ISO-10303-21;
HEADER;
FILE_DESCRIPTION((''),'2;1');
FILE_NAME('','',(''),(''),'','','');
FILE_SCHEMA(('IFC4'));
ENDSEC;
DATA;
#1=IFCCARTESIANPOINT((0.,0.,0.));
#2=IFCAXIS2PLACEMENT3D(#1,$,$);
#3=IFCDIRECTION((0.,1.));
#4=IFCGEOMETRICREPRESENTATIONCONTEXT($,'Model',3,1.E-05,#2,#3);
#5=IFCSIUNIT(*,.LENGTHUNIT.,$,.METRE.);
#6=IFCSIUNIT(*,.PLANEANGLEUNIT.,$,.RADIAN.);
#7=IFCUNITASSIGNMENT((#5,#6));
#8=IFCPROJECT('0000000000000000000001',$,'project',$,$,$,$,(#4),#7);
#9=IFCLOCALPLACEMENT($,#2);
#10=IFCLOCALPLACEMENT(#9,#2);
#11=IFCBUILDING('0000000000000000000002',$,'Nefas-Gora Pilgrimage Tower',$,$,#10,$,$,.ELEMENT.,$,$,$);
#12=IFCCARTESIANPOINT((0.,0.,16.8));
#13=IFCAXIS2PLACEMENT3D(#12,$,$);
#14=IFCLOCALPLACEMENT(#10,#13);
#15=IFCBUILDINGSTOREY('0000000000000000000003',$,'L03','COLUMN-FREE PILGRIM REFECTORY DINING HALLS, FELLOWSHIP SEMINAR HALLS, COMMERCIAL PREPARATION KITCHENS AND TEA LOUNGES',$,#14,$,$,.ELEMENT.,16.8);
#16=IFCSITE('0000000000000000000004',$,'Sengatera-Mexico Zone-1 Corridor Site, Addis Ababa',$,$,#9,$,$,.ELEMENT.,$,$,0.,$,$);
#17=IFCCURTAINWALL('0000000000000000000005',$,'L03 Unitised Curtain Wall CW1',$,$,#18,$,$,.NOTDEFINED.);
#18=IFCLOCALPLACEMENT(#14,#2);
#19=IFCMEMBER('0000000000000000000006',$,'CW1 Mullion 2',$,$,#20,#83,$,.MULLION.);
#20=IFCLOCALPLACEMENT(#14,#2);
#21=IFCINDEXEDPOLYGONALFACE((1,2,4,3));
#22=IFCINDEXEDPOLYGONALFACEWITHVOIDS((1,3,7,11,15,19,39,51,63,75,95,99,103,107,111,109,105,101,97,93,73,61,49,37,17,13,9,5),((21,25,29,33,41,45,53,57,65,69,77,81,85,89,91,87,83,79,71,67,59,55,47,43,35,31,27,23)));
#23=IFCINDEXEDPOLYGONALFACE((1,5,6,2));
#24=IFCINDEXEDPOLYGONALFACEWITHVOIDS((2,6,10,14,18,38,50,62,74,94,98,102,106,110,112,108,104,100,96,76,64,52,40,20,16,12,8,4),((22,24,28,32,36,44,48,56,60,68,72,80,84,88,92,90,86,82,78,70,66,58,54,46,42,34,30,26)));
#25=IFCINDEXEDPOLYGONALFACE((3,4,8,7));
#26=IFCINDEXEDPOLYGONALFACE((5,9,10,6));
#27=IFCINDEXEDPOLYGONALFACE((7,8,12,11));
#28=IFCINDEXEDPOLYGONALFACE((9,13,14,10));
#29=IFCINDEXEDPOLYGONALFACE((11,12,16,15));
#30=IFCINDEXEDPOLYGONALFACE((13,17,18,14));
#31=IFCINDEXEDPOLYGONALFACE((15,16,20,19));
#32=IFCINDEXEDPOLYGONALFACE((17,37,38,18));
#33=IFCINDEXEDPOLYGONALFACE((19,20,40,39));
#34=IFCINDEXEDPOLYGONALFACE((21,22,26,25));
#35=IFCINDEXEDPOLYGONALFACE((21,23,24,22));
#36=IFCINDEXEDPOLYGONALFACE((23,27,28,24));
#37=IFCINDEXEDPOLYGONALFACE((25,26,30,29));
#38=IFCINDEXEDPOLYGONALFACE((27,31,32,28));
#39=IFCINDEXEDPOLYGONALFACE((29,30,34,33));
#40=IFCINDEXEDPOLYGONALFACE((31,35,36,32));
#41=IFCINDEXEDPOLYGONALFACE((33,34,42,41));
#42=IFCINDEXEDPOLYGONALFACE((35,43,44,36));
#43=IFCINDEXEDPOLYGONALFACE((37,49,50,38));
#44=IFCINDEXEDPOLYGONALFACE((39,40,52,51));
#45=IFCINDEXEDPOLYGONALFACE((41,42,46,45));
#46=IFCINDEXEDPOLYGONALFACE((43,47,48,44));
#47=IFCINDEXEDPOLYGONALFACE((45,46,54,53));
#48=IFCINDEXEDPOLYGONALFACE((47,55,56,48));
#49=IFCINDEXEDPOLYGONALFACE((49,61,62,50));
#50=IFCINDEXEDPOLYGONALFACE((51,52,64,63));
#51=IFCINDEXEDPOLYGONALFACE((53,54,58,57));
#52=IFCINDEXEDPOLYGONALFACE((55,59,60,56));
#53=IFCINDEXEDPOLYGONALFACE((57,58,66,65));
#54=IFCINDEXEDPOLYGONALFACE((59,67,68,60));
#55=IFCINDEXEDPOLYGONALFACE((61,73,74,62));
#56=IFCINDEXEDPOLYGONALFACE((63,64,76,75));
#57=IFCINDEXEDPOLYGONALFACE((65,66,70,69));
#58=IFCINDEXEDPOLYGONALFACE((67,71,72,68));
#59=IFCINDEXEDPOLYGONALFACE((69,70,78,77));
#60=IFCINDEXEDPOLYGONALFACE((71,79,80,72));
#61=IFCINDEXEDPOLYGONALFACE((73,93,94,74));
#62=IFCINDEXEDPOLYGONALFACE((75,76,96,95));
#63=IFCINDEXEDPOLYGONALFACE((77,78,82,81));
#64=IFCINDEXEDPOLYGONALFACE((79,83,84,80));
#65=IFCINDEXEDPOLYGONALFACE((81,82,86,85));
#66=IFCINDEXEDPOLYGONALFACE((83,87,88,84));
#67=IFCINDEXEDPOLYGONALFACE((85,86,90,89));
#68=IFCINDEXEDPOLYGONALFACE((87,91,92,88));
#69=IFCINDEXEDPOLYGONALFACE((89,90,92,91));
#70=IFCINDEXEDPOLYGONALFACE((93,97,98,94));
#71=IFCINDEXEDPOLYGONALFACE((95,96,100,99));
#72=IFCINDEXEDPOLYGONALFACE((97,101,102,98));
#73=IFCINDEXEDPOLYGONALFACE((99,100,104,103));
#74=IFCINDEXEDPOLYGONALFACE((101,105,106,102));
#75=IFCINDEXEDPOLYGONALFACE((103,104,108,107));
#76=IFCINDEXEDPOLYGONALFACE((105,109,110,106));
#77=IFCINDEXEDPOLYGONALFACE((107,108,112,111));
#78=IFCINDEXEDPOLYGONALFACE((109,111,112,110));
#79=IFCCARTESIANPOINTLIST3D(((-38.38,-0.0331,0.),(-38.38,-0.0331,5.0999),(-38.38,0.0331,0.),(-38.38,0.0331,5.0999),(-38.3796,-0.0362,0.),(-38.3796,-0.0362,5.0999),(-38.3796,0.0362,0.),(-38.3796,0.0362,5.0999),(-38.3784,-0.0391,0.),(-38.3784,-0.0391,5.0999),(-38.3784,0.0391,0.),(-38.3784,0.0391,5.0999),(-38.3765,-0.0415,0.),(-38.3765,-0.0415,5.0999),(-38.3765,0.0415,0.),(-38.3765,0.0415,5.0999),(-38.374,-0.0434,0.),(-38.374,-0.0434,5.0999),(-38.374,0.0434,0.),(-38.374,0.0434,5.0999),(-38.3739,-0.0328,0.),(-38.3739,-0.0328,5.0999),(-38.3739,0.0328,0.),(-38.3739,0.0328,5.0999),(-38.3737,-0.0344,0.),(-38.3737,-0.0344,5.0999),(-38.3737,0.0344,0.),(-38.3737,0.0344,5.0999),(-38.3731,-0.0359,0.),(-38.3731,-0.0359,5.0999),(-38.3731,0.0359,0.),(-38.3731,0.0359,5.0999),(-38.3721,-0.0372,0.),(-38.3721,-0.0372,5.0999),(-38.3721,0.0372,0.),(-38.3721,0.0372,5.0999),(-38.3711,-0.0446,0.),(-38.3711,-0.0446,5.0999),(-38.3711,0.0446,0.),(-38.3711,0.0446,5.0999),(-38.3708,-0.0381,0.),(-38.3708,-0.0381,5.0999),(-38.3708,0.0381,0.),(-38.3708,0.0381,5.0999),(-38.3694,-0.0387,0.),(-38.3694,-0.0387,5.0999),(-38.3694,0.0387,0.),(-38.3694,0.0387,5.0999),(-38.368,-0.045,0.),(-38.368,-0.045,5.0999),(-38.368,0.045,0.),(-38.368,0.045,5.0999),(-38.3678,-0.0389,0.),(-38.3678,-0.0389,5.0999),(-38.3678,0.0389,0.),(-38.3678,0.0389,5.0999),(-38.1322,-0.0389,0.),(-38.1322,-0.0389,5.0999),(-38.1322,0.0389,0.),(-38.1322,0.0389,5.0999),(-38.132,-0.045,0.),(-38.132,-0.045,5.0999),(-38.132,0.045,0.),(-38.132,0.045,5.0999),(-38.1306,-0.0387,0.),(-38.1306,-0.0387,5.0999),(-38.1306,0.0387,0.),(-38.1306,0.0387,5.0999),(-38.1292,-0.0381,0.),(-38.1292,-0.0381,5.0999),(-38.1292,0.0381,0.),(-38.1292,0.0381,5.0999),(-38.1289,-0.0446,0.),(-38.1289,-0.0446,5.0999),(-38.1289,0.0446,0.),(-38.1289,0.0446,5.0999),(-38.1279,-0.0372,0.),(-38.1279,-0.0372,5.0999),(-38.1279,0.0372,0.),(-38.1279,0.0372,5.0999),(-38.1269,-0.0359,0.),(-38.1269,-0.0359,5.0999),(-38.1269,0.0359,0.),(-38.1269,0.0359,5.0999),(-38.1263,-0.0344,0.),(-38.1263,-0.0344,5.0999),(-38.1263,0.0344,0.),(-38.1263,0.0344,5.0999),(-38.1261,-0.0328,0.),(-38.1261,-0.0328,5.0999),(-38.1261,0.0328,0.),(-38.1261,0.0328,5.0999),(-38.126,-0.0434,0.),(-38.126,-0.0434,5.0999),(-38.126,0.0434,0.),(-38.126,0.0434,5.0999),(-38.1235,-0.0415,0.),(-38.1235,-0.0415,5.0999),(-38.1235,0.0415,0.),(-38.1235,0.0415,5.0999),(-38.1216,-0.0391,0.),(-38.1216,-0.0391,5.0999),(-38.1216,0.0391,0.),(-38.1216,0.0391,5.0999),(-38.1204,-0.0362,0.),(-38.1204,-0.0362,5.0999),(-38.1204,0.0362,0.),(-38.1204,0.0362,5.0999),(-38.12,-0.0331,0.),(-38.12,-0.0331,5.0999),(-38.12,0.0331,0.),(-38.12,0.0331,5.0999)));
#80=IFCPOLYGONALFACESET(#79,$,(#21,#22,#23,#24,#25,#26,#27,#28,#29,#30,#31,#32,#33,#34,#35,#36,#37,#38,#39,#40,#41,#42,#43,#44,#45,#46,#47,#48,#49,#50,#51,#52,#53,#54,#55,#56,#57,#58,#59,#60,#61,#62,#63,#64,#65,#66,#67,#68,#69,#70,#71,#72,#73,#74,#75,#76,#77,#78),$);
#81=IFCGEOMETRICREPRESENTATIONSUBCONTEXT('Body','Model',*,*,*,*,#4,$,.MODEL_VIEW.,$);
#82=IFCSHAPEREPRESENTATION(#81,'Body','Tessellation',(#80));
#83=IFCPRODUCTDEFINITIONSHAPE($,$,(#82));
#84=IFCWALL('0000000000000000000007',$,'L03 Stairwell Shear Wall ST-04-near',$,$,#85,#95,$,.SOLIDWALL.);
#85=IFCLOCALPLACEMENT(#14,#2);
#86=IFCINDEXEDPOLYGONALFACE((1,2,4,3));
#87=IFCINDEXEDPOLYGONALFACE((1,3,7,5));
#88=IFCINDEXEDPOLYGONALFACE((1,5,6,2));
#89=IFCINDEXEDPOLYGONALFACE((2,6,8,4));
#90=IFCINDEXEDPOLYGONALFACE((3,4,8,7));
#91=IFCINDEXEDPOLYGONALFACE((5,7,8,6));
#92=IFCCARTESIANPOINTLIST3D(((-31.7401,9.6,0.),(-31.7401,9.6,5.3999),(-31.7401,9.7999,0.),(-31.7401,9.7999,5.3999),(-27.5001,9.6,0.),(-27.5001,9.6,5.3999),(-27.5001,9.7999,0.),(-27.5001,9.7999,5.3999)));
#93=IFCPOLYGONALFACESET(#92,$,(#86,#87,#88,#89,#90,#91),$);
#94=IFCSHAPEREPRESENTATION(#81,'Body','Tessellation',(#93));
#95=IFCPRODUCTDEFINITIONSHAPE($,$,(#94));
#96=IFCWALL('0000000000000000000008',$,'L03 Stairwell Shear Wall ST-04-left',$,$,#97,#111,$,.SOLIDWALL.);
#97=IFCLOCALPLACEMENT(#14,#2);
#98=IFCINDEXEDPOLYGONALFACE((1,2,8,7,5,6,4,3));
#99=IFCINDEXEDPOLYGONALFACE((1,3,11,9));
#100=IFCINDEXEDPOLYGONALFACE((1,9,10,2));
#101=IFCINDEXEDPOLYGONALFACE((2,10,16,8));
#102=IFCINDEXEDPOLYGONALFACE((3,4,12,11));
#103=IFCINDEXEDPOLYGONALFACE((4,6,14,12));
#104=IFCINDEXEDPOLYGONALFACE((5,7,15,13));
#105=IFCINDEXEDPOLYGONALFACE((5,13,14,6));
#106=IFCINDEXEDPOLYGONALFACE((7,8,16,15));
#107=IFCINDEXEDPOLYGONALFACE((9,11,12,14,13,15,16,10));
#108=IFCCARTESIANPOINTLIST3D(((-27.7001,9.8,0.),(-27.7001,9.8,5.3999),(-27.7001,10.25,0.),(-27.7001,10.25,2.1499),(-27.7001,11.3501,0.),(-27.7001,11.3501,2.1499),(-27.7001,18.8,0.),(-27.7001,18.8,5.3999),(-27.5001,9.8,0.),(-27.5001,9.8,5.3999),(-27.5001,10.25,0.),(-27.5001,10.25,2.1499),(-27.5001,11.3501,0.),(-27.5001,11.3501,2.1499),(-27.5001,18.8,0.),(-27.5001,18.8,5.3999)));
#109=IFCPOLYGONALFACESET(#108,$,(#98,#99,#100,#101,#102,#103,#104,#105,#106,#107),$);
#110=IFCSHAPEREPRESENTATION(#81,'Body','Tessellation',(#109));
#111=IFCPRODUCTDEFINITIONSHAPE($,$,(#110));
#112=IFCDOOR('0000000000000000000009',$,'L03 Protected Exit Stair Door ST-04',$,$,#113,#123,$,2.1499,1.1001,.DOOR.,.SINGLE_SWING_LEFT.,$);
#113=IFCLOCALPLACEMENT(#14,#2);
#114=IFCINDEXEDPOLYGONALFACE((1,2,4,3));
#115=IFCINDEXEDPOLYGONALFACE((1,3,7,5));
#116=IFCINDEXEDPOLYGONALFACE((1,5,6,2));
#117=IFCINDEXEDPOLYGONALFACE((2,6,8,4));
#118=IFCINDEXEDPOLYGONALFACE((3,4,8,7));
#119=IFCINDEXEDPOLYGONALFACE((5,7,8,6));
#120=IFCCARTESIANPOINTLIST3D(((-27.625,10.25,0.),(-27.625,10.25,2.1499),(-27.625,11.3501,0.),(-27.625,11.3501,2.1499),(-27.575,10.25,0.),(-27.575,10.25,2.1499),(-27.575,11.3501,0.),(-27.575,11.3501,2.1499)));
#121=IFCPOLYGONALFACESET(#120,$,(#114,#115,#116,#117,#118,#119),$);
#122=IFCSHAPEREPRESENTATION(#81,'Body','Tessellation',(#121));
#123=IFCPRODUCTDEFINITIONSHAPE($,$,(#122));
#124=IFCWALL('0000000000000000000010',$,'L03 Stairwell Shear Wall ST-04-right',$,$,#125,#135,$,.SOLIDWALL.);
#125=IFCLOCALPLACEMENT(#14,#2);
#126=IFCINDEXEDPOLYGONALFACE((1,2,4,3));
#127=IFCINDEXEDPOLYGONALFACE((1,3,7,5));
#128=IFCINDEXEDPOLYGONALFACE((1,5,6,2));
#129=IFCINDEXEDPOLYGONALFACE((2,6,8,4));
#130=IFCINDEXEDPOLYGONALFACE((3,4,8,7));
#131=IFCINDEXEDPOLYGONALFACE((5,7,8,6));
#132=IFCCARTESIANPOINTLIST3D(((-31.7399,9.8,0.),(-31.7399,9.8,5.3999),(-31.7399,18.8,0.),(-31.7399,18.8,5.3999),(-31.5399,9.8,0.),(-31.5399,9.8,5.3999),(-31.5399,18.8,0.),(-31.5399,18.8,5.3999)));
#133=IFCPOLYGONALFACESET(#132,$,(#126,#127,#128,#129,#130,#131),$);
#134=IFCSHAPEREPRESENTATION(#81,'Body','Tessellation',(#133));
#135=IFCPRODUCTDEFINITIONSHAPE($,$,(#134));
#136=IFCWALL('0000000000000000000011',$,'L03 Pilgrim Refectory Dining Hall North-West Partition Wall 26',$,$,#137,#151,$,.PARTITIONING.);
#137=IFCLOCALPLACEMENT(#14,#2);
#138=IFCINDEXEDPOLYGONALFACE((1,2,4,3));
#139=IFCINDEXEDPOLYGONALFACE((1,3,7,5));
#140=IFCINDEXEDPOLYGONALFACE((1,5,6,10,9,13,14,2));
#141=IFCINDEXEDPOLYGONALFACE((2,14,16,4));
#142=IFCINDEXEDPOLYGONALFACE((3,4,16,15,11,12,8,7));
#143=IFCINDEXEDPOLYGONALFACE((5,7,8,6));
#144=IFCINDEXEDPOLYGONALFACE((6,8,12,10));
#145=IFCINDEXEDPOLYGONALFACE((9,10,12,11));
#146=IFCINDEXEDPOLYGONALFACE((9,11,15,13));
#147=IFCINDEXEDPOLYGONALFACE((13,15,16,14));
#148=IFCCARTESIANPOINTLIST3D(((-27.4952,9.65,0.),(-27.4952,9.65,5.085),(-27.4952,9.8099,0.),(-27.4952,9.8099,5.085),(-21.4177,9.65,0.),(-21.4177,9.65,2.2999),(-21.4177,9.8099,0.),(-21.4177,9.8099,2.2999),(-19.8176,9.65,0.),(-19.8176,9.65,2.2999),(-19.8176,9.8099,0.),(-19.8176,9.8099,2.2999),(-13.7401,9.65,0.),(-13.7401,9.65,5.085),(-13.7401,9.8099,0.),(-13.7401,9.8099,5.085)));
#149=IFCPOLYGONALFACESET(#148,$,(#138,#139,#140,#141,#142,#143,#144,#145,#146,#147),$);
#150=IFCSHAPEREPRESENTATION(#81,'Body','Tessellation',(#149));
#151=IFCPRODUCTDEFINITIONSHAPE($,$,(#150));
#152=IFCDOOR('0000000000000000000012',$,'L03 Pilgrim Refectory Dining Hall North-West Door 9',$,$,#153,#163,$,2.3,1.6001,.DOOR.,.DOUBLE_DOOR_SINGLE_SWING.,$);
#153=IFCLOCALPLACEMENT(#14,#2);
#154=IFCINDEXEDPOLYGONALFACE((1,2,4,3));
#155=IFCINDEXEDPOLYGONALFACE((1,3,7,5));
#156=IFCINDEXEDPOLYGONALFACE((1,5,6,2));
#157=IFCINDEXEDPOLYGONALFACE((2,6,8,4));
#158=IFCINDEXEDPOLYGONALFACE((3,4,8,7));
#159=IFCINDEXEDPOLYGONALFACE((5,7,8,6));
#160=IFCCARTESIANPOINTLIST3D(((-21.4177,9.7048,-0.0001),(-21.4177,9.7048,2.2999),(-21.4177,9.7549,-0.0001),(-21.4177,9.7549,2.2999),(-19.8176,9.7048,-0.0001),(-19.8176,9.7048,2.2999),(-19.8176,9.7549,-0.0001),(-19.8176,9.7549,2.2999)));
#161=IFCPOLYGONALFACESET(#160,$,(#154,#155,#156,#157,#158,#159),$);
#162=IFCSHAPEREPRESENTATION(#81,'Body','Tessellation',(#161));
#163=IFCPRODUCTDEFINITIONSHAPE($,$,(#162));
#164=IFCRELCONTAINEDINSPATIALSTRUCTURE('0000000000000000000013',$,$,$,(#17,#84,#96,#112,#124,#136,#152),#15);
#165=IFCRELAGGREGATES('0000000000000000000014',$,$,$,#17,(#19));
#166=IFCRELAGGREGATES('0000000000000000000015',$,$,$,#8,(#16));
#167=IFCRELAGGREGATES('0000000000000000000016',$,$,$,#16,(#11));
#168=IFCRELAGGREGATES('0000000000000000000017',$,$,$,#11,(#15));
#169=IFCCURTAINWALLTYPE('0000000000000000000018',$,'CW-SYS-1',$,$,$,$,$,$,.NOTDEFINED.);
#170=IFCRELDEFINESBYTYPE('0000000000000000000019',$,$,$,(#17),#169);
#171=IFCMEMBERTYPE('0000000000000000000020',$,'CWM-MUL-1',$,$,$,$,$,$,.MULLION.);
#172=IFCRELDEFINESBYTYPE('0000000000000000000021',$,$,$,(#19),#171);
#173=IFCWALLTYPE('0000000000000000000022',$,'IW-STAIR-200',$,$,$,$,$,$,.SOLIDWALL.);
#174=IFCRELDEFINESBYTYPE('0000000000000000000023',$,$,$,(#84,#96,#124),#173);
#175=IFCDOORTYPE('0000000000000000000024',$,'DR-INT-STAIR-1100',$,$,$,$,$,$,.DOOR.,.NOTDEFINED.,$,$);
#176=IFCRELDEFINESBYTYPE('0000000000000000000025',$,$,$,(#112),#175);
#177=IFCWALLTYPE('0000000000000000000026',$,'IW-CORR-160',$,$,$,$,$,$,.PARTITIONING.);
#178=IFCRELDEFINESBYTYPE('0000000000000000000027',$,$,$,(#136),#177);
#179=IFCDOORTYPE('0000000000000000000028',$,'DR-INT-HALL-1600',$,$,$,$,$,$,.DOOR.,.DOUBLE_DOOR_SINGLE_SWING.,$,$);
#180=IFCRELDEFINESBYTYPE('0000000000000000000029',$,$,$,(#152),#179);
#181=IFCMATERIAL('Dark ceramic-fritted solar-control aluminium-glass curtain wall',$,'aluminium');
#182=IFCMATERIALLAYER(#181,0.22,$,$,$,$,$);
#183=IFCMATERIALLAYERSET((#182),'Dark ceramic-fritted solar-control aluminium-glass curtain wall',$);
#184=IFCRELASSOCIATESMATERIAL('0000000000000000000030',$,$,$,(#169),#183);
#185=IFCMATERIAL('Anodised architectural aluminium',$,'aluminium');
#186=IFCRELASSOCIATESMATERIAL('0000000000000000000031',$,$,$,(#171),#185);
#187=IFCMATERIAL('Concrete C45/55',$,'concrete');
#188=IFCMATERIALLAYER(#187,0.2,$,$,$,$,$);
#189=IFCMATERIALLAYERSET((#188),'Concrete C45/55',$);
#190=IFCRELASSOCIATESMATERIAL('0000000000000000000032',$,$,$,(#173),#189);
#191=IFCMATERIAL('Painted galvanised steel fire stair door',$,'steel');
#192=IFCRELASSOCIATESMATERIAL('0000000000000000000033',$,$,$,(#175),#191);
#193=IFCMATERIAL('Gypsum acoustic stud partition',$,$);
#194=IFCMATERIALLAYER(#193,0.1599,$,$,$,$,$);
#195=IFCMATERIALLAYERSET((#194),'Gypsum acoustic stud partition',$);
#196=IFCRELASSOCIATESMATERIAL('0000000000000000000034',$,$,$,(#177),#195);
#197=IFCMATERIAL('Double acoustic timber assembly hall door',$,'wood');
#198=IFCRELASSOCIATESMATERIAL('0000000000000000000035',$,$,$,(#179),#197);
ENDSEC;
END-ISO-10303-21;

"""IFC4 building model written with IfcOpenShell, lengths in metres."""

from ifc_helpers import new_model, si_unit, direction, frame, frame_2d, origin, origin_2d, place, context, subcontext, project, spatial, rectangle, hollow_rectangle, extrude, source, transform, mapped, material, layer, layer_set, material_profile, profile_set, type_object, element, fill, aggregate, save


model = new_model("IFC4")

# Units and contexts
model_context = context("Model", 3, precision=1e-05, world=origin(), true_north=direction((0.0, 1.0)))
body_context = subcontext(model_context, "Body", "Model", "MODEL_VIEW")
ifc_project = project(units=[si_unit("LENGTHUNIT", "METRE"), si_unit("PLANEANGLEUNIT", "RADIAN")], contexts=[model_context])

# Site, building, storey
site_placement = place(None, origin())
site = spatial("IfcSite", under=ifc_project, at=site_placement, Name="Sengatera-Mexico Zone-1 Corridor Site, Addis Ababa", CompositionType="ELEMENT", RefElevation=0.0)
building_placement = place(site_placement, origin())
building = spatial("IfcBuilding", under=site, at=building_placement, Name="Nefas-Gora Pilgrimage Tower", CompositionType="ELEMENT")
storey_placement = place(building_placement, frame((0.0, 0.0, 16.8)))
storey = spatial("IfcBuildingStorey", under=building, at=storey_placement, Name="L03", Description="COLUMN-FREE PILGRIM REFECTORY DINING HALLS, FELLOWSHIP SEMINAR HALLS, COMMERCIAL PREPARATION KITCHENS AND TEA LOUNGES", CompositionType="ELEMENT", Elevation=16.8)

# Curtain wall, member
ifc_material_1 = material(Name="Dark ceramic-fritted solar-control aluminium-glass curtain wall", Category="aluminium")
ifc_layer_1 = layer(ifc_material_1, 0.22)
ifc_layer_set_1 = layer_set([ifc_layer_1], Name="Dark ceramic-fritted solar-control aluminium-glass curtain wall")
curtain_wall_type = type_object("IfcCurtainWallType", Name="CW-SYS-1", PredefinedType="NOTDEFINED", material=ifc_layer_set_1)
curtain_wall_placement = place(storey_placement, origin())
curtain_wall = element("IfcCurtainWall", 1, at=curtain_wall_placement, inside=storey, type_object=curtain_wall_type, Name="L03 Unitised Curtain Wall CW1", PredefinedType="NOTDEFINED")
ifc_material_2 = material(Name="Anodised architectural aluminium", Category="aluminium")
ifc_material_profile_1 = material_profile(ifc_material_2, hollow_rectangle(XDim=0.0901, YDim=0.26, WallThickness=0.0061, InnerFilletRadius=0.0061, OuterFilletRadius=0.012, at=origin_2d()), Name="ALU MULLION 90x260")
ifc_profile_set_1 = profile_set([ifc_material_profile_1], Name="Anodised architectural aluminium")
member_type = type_object("IfcMemberType", Name="CWM-MUL-1", PredefinedType="MULLION", material=ifc_profile_set_1)
shared_shape_1 = source(origin(), body_context, "Body", "SweptSolid", [
    extrude(hollow_rectangle(XDim=0.0901, YDim=0.26, WallThickness=0.0061, InnerFilletRadius=0.0061, OuterFilletRadius=0.012, at=origin_2d()), origin(), (0.0, 0.0, 1.0), 5.0999),
])
member_placement = place(storey_placement, frame((-38.25, 0.0, 0.0), z_axis=(0.0, 0.0, 1.0), x_axis=(0.0, -1.0, 0.0)))
member = element("IfcMember", 2, at=member_placement, type_object=member_type, Name="CW1 Mullion 2", PredefinedType="MULLION", context=body_context, shape_type="MappedRepresentation", body=[
    mapped(shared_shape_1, transform((0.0, 0.0, 0.0), x_axis=(1.0, 0.0, 0.0), y_axis=(0.0, 1.0, 0.0), z_axis=(0.0, 0.0, 1.0), scale=1.0)),
])
aggregate(curtain_wall, [member])

# Wall
ifc_material_3 = material(Name="Concrete C45/55", Category="concrete")
ifc_layer_2 = layer(ifc_material_3, 0.2)
ifc_layer_set_2 = layer_set([ifc_layer_2], Name="Concrete C45/55")
wall_type_1 = type_object("IfcWallType", Name="IW-STAIR-200", PredefinedType="SOLIDWALL", material=ifc_layer_set_2)
shared_shape_2 = source(origin(), body_context, "Body", "SweptSolid", [
    extrude(rectangle(XDim=4.24, YDim=0.2, at=frame_2d((2.1201, 0.0))), origin(), (0.0, 0.0, 1.0), 5.3999),
])
wall_1_placement = place(storey_placement, frame((-27.5, 9.7, 0.0), z_axis=(0.0, 0.0, 1.0), x_axis=(-1.0, 0.0, 0.0)))
element("IfcWall", 3, at=wall_1_placement, inside=storey, type_object=wall_type_1, Name="L03 Stairwell Shear Wall ST-04-near", PredefinedType="SOLIDWALL", context=body_context, shape_type="MappedRepresentation", body=[
    mapped(shared_shape_2, transform((0.0, 0.0, 0.0), x_axis=(1.0, 0.0, 0.0), y_axis=(0.0, 1.0, 0.0), z_axis=(0.0, 0.0, 1.0), scale=1.0)),
])

# Wall, opening, door
shared_shape_3 = source(origin(), body_context, "Body", "SweptSolid", [
    extrude(rectangle(XDim=9.0, YDim=0.2, at=frame_2d((4.5, 0.0))), origin(), (0.0, 0.0, 1.0), 5.3999),
])
wall_2_placement = place(storey_placement, frame((-27.6001, 9.8, 0.0), z_axis=(0.0, 0.0, 1.0), x_axis=(0.0, 1.0, 0.0)))
wall_2 = element("IfcWall", 4, at=wall_2_placement, inside=storey, type_object=wall_type_1, Name="L03 Stairwell Shear Wall ST-04-left", PredefinedType="SOLIDWALL", context=body_context, shape_type="MappedRepresentation", body=[
    mapped(shared_shape_3, transform((0.0, 0.0, 0.0), x_axis=(1.0, 0.0, 0.0), y_axis=(0.0, 1.0, 0.0), z_axis=(0.0, 0.0, 1.0), scale=1.0)),
])
opening_1_placement = place(wall_2_placement, frame((0.45, 0.0, 0.0)))
opening_1 = element("IfcOpeningElement", 5, at=opening_1_placement, cuts=wall_2, PredefinedType="OPENING", context=body_context, shape_type="SweptSolid", body=[
    extrude(rectangle(XDim=1.1001, YDim=2.1499, at=frame_2d((0.55, 1.075))), frame((0.0, 0.1099, 0.0), z_axis=(0.0, -1.0, 0.0), x_axis=(1.0, 0.0, 0.0)), (0.0, 0.0, 1.0), 0.22),
])
ifc_material_4 = material(Name="Painted galvanised steel fire stair door", Category="steel")
door_type_1 = type_object("IfcDoorType", Name="DR-INT-STAIR-1100", OperationType="NOTDEFINED", PredefinedType="DOOR", material=ifc_material_4)
shared_shape_4 = source(origin(), body_context, "Body", "SweptSolid", [
    extrude(rectangle(XDim=1.1001, YDim=2.1499, at=frame_2d((0.55, 1.075))), frame((0.0, 0.0249, 0.0), z_axis=(0.0, -1.0, 0.0), x_axis=(1.0, 0.0, 0.0)), (0.0, 0.0, 1.0), 0.05),
])
door_1_placement = place(opening_1_placement, origin())
door_1 = element("IfcDoor", 6, at=door_1_placement, inside=storey, type_object=door_type_1, Name="L03 Protected Exit Stair Door ST-04", OperationType="SINGLE_SWING_LEFT", OverallHeight=2.1499, OverallWidth=1.1001, PredefinedType="DOOR", context=body_context, shape_type="MappedRepresentation", body=[
    mapped(shared_shape_4, transform((0.0, 0.0, 0.0), x_axis=(1.0, 0.0, 0.0), y_axis=(0.0, 1.0, 0.0), z_axis=(0.0, 0.0, 1.0), scale=1.0)),
])
fill(opening_1, door_1)

# Wall
wall_3_placement = place(storey_placement, frame((-31.6399, 9.8, 0.0), z_axis=(0.0, 0.0, 1.0), x_axis=(0.0, 1.0, 0.0)))
element("IfcWall", 7, at=wall_3_placement, inside=storey, type_object=wall_type_1, Name="L03 Stairwell Shear Wall ST-04-right", PredefinedType="SOLIDWALL", context=body_context, shape_type="MappedRepresentation", body=[
    mapped(shared_shape_3, transform((0.0, 0.0, 0.0), x_axis=(1.0, 0.0, 0.0), y_axis=(0.0, 1.0, 0.0), z_axis=(0.0, 0.0, 1.0), scale=1.0)),
])

# Wall, opening, door
ifc_material_5 = material(Name="Gypsum acoustic stud partition")
ifc_layer_3 = layer(ifc_material_5, 0.1599)
ifc_layer_set_3 = layer_set([ifc_layer_3], Name="Gypsum acoustic stud partition")
wall_type_2 = type_object("IfcWallType", Name="IW-CORR-160", PredefinedType="PARTITIONING", material=ifc_layer_set_3)
shared_shape_5 = source(origin(), body_context, "Body", "SweptSolid", [
    extrude(rectangle(XDim=13.7551, YDim=0.1599, at=frame_2d((6.8774, 0.0))), origin(), (0.0, 0.0, 1.0), 5.085),
])
wall_4_placement = place(storey_placement, frame((-27.4951, 9.73, 0.0), z_axis=(0.0, 0.0, 1.0), x_axis=(1.0, 0.0, 0.0)))
wall_4 = element("IfcWall", 8, at=wall_4_placement, inside=storey, type_object=wall_type_2, Name="L03 Pilgrim Refectory Dining Hall North-West Partition Wall 26", PredefinedType="PARTITIONING", context=body_context, shape_type="MappedRepresentation", body=[
    mapped(shared_shape_5, transform((0.0, 0.0, 0.0), x_axis=(1.0, 0.0, 0.0), y_axis=(0.0, 1.0, 0.0), z_axis=(0.0, 0.0, 1.0), scale=1.0)),
])
opening_2_placement = place(wall_4_placement, frame((6.0774, 0.0, 0.0)))
opening_2 = element("IfcOpeningElement", 9, at=opening_2_placement, cuts=wall_4, PredefinedType="OPENING", context=body_context, shape_type="SweptSolid", body=[
    extrude(rectangle(XDim=1.6001, YDim=2.3, at=frame_2d((0.8, 1.1499))), frame((0.0, 0.0898, 0.0), z_axis=(0.0, -1.0, 0.0), x_axis=(1.0, 0.0, 0.0)), (0.0, 0.0, 1.0), 0.1799),
])
ifc_material_6 = material(Name="Double acoustic timber assembly hall door", Category="wood")
door_type_2 = type_object("IfcDoorType", Name="DR-INT-HALL-1600", OperationType="DOUBLE_DOOR_SINGLE_SWING", PredefinedType="DOOR", material=ifc_material_6)
shared_shape_6 = source(origin(), body_context, "Body", "SweptSolid", [
    extrude(rectangle(XDim=1.6001, YDim=2.3, at=frame_2d((0.8, 1.1499))), frame((0.0, 0.0249, 0.0), z_axis=(0.0, -1.0, 0.0), x_axis=(1.0, 0.0, 0.0)), (0.0, 0.0, 1.0), 0.05),
])
door_2_placement = place(opening_2_placement, origin())
door_2 = element("IfcDoor", 10, at=door_2_placement, inside=storey, type_object=door_type_2, Name="L03 Pilgrim Refectory Dining Hall North-West Door 9", OperationType="DOUBLE_DOOR_SINGLE_SWING", OverallHeight=2.3, OverallWidth=1.6001, PredefinedType="DOOR", context=body_context, shape_type="MappedRepresentation", body=[
    mapped(shared_shape_6, transform((0.0, 0.0, 0.0), x_axis=(1.0, 0.0, 0.0), y_axis=(0.0, 1.0, 0.0), z_axis=(0.0, 0.0, 1.0), scale=1.0)),
])
fill(opening_2, door_2)

save(model, "model.ifc")
